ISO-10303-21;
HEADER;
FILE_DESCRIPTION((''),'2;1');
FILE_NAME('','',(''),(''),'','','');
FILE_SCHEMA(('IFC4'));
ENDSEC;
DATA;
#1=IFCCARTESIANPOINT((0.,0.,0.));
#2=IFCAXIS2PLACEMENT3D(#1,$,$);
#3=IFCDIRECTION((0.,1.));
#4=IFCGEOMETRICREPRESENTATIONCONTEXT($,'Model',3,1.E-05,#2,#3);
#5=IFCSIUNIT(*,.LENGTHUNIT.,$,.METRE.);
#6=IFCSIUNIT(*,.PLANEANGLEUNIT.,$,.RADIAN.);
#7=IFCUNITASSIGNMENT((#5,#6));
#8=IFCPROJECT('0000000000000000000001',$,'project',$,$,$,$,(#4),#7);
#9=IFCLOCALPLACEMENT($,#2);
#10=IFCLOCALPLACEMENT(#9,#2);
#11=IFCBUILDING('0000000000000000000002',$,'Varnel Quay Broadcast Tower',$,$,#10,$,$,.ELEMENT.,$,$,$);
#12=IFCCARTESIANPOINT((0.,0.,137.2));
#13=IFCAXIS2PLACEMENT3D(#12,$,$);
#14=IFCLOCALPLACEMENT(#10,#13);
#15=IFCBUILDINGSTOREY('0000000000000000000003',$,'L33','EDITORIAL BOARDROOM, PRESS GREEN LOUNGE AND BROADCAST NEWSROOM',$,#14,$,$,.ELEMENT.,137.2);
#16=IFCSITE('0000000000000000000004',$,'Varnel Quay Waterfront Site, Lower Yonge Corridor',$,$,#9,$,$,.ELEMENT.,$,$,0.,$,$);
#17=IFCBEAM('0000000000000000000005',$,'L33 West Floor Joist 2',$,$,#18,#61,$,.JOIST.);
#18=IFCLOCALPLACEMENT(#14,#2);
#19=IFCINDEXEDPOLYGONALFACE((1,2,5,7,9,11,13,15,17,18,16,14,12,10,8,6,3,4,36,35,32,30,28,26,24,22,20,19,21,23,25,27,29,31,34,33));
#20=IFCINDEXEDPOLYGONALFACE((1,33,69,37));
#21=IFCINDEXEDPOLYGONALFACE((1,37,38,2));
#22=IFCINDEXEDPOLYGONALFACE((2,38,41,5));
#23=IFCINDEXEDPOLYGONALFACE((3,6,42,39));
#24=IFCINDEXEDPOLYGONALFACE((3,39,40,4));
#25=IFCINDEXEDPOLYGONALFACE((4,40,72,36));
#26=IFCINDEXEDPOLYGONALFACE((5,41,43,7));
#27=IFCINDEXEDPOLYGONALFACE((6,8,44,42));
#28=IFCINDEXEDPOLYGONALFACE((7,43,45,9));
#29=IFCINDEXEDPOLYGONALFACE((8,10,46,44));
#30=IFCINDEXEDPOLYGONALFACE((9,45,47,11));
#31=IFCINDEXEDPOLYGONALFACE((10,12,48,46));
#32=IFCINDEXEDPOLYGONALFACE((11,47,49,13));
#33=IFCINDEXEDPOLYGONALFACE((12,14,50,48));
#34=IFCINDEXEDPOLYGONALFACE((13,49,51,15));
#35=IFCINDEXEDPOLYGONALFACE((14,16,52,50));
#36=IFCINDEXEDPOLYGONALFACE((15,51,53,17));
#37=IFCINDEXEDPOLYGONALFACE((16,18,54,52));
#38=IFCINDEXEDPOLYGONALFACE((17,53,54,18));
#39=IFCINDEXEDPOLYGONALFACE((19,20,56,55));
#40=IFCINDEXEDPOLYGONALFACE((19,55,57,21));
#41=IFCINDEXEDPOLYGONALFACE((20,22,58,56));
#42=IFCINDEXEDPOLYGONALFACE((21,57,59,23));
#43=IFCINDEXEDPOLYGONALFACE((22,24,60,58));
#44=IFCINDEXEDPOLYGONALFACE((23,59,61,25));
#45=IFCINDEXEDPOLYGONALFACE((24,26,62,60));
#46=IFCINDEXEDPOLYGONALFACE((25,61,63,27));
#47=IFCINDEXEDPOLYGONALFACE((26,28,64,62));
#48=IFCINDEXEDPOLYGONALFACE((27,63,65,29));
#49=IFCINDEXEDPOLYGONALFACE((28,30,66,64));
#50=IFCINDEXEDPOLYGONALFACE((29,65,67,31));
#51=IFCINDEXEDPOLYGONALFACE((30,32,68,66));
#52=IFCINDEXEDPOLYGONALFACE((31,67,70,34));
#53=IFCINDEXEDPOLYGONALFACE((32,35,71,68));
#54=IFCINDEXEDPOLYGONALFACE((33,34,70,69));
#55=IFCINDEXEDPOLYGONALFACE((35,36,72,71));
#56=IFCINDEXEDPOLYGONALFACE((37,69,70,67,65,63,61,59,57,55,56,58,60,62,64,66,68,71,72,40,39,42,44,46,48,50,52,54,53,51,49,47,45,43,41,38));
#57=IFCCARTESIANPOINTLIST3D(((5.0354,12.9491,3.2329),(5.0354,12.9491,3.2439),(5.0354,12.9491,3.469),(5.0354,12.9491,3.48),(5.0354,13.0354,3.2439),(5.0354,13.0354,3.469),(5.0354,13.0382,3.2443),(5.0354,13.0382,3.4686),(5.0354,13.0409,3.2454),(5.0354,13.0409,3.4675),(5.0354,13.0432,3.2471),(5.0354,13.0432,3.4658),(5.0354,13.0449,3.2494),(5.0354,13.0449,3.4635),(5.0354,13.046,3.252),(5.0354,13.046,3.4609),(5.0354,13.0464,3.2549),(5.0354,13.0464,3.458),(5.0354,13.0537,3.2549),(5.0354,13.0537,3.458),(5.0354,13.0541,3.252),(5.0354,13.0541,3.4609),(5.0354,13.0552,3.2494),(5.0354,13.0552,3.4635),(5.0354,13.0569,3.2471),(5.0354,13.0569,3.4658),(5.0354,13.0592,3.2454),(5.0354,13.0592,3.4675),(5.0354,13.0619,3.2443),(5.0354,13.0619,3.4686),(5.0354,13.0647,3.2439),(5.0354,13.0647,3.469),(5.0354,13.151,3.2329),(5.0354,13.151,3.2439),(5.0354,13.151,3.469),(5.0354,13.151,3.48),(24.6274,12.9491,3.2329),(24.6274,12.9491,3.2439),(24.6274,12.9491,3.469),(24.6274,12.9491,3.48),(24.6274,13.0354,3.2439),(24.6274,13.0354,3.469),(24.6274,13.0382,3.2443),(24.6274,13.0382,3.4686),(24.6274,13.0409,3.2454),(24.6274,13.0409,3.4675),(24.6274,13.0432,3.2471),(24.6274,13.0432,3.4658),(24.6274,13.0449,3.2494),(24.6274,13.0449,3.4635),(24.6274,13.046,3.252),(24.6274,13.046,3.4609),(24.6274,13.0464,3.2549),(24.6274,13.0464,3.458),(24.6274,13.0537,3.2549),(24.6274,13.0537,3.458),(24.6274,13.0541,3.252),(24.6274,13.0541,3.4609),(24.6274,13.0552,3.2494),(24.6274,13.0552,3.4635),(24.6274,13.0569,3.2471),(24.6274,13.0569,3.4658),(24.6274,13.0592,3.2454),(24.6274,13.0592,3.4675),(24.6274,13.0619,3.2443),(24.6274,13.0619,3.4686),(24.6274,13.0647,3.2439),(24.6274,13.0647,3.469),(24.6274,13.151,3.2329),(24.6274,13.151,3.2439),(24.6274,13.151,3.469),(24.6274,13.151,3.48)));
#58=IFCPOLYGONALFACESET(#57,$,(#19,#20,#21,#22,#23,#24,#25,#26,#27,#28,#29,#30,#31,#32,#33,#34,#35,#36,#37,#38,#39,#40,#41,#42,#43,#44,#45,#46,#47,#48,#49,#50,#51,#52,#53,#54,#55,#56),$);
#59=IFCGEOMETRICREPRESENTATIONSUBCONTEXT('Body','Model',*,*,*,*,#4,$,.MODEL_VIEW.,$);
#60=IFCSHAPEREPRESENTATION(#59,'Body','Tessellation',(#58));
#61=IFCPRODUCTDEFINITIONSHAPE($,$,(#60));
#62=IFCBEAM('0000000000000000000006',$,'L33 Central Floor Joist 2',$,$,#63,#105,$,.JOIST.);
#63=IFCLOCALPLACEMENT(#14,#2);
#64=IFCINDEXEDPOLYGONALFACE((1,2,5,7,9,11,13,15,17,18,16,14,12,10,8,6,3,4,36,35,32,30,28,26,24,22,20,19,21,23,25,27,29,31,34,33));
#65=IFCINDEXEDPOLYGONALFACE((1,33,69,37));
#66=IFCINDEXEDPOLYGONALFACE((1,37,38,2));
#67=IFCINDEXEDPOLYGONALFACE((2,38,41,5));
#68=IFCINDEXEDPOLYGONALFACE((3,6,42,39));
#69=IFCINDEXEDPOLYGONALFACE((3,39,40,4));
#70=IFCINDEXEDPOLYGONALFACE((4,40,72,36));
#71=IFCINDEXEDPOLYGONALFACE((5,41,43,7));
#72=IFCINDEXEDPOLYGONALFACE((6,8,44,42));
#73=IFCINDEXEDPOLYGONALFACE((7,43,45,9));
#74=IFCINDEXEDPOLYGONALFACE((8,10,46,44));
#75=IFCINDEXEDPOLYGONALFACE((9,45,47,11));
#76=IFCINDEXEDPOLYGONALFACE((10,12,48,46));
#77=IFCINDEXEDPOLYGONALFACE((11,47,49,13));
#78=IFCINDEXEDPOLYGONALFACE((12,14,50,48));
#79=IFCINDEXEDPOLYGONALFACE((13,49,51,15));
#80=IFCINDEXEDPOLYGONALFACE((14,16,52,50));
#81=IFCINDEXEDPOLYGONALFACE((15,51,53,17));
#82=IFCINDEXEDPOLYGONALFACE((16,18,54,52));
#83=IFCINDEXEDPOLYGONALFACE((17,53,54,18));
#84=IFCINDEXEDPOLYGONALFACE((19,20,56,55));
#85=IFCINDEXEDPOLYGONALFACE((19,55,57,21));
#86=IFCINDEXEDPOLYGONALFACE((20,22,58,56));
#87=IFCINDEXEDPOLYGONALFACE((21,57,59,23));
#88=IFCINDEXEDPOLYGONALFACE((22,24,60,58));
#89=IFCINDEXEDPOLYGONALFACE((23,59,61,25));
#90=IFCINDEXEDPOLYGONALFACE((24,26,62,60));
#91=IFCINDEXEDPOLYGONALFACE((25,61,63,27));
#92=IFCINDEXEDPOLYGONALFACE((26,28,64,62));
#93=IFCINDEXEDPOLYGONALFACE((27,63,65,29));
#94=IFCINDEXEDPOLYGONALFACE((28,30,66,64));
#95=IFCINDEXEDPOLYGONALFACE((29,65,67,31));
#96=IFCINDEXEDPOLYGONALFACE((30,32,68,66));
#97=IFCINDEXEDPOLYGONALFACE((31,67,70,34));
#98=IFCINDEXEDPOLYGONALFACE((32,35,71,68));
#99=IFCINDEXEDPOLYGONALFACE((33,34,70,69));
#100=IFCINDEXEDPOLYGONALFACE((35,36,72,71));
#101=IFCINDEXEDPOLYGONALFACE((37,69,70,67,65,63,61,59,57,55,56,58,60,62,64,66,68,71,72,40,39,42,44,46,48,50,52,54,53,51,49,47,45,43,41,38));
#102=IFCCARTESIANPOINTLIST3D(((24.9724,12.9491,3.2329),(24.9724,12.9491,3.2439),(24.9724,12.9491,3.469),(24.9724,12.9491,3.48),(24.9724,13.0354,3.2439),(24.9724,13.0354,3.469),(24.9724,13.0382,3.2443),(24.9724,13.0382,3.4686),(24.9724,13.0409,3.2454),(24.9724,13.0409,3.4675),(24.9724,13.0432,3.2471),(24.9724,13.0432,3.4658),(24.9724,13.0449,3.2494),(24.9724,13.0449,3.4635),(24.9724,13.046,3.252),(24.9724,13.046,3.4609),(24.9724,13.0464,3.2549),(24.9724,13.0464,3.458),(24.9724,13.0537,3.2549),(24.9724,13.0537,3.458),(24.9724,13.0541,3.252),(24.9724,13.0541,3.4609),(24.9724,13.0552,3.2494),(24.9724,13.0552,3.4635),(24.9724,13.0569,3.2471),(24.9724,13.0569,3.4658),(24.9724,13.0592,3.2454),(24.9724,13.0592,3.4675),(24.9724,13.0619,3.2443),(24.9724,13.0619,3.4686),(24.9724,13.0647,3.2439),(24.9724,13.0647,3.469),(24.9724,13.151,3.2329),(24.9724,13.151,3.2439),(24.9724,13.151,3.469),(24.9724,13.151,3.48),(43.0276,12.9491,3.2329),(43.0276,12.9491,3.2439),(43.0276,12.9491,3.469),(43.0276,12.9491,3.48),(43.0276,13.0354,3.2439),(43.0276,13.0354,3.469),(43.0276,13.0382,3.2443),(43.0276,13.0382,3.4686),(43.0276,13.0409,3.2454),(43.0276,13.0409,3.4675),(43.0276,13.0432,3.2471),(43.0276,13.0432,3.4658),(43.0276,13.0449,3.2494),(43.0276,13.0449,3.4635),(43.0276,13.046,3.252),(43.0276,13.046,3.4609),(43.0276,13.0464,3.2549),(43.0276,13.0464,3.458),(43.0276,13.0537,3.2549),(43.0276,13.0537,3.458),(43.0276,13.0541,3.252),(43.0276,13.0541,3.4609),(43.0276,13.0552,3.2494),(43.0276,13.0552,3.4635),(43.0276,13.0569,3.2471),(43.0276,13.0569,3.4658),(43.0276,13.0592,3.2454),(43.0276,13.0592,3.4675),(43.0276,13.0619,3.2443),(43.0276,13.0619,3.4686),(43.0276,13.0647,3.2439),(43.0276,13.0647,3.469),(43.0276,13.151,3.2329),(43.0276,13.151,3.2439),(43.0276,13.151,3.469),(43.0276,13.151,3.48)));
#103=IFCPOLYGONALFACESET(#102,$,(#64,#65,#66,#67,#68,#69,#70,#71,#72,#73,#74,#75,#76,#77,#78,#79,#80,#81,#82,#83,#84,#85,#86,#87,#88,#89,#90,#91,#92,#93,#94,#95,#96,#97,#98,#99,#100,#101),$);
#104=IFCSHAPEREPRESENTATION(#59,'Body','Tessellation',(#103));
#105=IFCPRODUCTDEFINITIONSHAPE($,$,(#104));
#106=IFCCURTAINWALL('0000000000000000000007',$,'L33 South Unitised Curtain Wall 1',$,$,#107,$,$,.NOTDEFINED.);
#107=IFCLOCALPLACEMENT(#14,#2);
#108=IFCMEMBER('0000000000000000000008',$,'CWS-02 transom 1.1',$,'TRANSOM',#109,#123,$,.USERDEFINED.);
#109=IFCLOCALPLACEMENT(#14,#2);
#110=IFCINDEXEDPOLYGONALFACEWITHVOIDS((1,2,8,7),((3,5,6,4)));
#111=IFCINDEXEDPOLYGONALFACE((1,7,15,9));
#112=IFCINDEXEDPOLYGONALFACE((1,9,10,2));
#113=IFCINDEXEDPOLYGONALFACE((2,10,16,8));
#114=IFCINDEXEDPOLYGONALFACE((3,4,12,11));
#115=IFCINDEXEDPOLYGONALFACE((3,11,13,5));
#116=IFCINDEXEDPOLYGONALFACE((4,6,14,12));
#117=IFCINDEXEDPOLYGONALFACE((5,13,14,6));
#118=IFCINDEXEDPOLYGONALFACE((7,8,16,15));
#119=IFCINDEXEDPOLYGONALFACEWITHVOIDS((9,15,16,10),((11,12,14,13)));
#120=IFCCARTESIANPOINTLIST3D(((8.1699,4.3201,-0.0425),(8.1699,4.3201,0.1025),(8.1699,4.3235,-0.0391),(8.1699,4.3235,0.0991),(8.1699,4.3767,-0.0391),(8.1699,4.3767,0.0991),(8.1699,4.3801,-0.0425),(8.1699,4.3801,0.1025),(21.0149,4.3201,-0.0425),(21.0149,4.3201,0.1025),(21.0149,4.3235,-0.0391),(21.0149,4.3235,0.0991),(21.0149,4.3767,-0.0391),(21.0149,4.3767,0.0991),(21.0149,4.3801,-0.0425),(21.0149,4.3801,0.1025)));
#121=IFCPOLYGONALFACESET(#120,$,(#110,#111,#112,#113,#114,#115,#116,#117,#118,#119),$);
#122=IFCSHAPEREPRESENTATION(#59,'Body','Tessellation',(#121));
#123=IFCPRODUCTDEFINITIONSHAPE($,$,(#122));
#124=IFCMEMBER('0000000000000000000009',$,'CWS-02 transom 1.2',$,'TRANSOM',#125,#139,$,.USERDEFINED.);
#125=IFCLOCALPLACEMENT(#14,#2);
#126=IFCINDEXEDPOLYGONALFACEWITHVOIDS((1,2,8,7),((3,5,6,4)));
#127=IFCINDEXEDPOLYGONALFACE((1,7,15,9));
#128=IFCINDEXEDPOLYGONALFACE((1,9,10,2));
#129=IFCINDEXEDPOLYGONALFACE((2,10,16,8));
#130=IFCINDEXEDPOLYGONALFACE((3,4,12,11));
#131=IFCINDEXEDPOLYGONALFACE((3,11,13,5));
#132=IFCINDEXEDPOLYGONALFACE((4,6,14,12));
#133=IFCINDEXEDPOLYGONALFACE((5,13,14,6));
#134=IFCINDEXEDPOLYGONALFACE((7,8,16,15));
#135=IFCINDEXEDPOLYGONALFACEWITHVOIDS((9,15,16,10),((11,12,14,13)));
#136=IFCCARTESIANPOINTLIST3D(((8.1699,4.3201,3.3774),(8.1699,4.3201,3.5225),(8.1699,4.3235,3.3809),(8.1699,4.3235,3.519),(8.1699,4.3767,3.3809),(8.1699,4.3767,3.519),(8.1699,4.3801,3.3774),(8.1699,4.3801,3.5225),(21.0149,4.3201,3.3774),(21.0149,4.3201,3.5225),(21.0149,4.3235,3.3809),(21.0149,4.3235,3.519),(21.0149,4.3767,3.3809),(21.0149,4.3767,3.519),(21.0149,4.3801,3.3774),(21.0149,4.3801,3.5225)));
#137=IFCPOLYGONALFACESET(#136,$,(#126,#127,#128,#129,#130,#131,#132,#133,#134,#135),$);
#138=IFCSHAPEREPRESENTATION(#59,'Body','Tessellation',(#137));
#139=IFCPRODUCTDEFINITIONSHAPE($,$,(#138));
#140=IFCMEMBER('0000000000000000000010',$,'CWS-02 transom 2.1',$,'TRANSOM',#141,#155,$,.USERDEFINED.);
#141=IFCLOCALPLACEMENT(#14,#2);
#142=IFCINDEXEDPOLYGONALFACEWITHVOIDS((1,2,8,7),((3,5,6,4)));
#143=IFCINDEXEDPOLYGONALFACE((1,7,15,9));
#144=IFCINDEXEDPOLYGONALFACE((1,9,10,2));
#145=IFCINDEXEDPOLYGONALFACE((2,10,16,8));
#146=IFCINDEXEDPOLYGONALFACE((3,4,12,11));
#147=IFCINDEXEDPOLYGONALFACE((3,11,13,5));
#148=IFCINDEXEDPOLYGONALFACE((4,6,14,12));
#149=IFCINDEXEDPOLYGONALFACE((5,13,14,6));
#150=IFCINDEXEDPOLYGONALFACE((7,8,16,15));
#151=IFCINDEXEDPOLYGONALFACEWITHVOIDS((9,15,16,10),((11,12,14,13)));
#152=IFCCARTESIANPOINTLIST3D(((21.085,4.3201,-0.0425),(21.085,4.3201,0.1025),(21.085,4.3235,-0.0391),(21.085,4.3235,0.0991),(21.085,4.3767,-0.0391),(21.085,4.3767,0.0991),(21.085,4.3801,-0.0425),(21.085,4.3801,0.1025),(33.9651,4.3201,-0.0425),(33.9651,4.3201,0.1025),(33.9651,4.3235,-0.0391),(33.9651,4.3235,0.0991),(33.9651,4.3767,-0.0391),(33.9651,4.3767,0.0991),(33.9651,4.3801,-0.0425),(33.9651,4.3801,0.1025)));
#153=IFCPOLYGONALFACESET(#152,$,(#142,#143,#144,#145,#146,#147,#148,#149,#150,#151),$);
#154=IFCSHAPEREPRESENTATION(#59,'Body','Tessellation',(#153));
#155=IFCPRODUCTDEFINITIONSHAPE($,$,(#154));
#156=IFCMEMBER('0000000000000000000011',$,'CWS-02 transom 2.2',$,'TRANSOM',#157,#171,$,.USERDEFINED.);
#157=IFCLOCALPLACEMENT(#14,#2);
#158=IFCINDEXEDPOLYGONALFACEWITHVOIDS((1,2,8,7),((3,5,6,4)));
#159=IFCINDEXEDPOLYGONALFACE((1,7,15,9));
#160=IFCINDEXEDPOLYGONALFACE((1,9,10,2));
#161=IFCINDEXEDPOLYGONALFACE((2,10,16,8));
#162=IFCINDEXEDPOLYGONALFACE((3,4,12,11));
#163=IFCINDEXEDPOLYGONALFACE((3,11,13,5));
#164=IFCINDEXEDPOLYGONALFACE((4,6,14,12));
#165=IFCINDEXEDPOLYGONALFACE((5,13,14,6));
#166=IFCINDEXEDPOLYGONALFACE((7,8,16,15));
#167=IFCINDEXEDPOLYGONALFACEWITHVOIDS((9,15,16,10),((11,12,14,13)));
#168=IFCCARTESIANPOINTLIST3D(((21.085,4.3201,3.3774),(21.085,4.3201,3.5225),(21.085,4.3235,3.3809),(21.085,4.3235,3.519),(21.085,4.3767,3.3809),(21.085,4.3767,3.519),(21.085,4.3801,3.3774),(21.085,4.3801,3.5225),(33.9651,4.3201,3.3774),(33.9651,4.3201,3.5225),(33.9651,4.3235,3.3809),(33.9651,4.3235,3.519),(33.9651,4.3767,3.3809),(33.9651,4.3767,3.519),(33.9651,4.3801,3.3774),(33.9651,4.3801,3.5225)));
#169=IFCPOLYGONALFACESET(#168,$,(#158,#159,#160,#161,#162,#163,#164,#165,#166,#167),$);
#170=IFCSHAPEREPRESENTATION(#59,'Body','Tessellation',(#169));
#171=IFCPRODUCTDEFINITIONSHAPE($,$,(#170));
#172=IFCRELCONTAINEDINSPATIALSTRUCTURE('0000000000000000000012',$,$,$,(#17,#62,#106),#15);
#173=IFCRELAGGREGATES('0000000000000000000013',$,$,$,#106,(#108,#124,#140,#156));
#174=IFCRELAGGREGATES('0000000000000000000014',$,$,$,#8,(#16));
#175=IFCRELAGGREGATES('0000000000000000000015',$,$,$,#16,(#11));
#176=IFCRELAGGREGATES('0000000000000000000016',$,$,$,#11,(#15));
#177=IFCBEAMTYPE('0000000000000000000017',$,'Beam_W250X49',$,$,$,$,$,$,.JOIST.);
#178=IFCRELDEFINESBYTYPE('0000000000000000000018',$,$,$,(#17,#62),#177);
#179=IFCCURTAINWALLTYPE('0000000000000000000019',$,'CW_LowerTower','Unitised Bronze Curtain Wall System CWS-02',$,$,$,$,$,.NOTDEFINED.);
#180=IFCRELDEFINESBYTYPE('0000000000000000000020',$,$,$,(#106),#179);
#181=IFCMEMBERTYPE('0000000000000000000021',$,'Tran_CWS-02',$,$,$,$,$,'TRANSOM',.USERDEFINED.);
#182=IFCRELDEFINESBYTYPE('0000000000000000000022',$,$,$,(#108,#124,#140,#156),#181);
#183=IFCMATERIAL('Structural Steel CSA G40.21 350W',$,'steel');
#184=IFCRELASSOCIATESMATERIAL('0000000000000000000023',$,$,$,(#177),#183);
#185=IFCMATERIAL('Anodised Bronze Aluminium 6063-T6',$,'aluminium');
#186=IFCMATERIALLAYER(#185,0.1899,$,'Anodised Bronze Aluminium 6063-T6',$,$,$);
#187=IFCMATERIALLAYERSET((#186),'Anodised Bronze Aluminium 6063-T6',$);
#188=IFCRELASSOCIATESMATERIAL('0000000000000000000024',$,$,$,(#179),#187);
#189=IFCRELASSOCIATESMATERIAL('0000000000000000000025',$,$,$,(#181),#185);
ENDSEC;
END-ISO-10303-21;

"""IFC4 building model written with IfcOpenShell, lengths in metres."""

from ifc_helpers import new_model, si_unit, direction, frame, origin, origin_2d, place, context, subcontext, project, spatial, hollow_rectangle, i_section, extrude, source, transform, mapped, material, layer, layer_set, material_profile, profile_set, type_object, type_shapes, element, aggregate, save


model = new_model("IFC4")

# Units and contexts
model_context = context("Model", 3, precision=1e-05, world=origin(), true_north=direction((0.0, 1.0)))
body_context = subcontext(model_context, "Body", "Model", "MODEL_VIEW")
ifc_project = project(units=[si_unit("LENGTHUNIT", "METRE"), si_unit("PLANEANGLEUNIT", "RADIAN")], contexts=[model_context])

# Site, building, storey
site_placement = place(None, origin())
site = spatial("IfcSite", under=ifc_project, at=site_placement, Name="Varnel Quay Waterfront Site, Lower Yonge Corridor", CompositionType="ELEMENT", RefElevation=0.0)
building_placement = place(site_placement, origin())
building = spatial("IfcBuilding", under=site, at=building_placement, Name="Varnel Quay Broadcast Tower", CompositionType="ELEMENT")
storey_placement = place(building_placement, frame((0.0, 0.0, 137.2)))
storey = spatial("IfcBuildingStorey", under=building, at=storey_placement, Name="L33", Description="EDITORIAL BOARDROOM, PRESS GREEN LOUNGE AND BROADCAST NEWSROOM", CompositionType="ELEMENT", Elevation=137.2)

# Shared definitions
ifc_material_1 = material(Name="Structural Steel CSA G40.21 350W", Category="steel")

# Beams
ifc_material_profile_1 = material_profile(ifc_material_1, i_section(OverallWidth=0.2019, OverallDepth=0.2471, WebThickness=0.0073, FlangeThickness=0.011, FilletRadius=0.011, at=origin_2d()), Name="W250X49")
ifc_profile_set_1 = profile_set([ifc_material_profile_1], Name="Structural Steel CSA G40.21 350W")
beam_type_1 = type_object("IfcBeamType", Name="Beam_W250X49", PredefinedType="JOIST", material=ifc_profile_set_1)
shared_shape_1 = source(origin(), body_context, "Body", "SweptSolid", [
    extrude(i_section(OverallWidth=0.2019, OverallDepth=0.2471, WebThickness=0.0073, FlangeThickness=0.011, FilletRadius=0.011, at=origin_2d()), origin(), (0.0, 0.0, 1.0), 19.592),
])
beam_1_placement = place(storey_placement, frame((5.0354, 13.05, 3.3564), z_axis=(1.0, 0.0, 0.0), x_axis=(0.0, 1.0, 0.0)))
element("IfcBeam", 1, at=beam_1_placement, inside=storey, type_object=beam_type_1, Name="L33 West Floor Joist 2", PredefinedType="JOIST", context=body_context, shape_type="MappedRepresentation", body=[
    mapped(shared_shape_1, transform((0.0, 0.0, 0.0), x_axis=(1.0, 0.0, 0.0), y_axis=(0.0, 1.0, 0.0), z_axis=(0.0, 0.0, 1.0), scale=1.0)),
])
shared_shape_2 = source(origin(), body_context, "Body", "SweptSolid", [
    extrude(i_section(OverallWidth=0.2019, OverallDepth=0.2471, WebThickness=0.0073, FlangeThickness=0.011, FilletRadius=0.011, at=origin_2d()), origin(), (0.0, 0.0, 1.0), 18.0552),
])
type_shapes(beam_type_1, [shared_shape_1, shared_shape_2])
beam_2_placement = place(storey_placement, frame((24.9724, 13.05, 3.3564), z_axis=(1.0, 0.0, 0.0), x_axis=(0.0, 1.0, 0.0)))
element("IfcBeam", 2, at=beam_2_placement, inside=storey, type_object=beam_type_1, Name="L33 Central Floor Joist 2", PredefinedType="JOIST", context=body_context, shape_type="MappedRepresentation", body=[
    mapped(shared_shape_2, transform((0.0, 0.0, 0.0), x_axis=(1.0, 0.0, 0.0), y_axis=(0.0, 1.0, 0.0), z_axis=(0.0, 0.0, 1.0), scale=1.0)),
])

# Curtain wall, members
ifc_material_2 = material(Name="Anodised Bronze Aluminium 6063-T6", Category="aluminium")
ifc_layer_1 = layer(ifc_material_2, 0.1899, Name="Anodised Bronze Aluminium 6063-T6")
ifc_layer_set_1 = layer_set([ifc_layer_1], Name="Anodised Bronze Aluminium 6063-T6")
curtain_wall_type_1 = type_object("IfcCurtainWallType", Name="CW_LowerTower", Description="Unitised Bronze Curtain Wall System CWS-02", PredefinedType="NOTDEFINED", material=ifc_layer_set_1)
curtain_wall_1_placement = place(storey_placement, origin())
curtain_wall_1 = element("IfcCurtainWall", 3, at=curtain_wall_1_placement, inside=storey, type_object=curtain_wall_type_1, Name="L33 South Unitised Curtain Wall 1", PredefinedType="NOTDEFINED")
ifc_material_profile_2 = material_profile(ifc_material_2, hollow_rectangle(XDim=0.0601, YDim=0.145, WallThickness=0.0034, at=origin_2d()), Name="ALU60X145X3.5")
ifc_profile_set_2 = profile_set([ifc_material_profile_2], Name="Anodised Bronze Aluminium 6063-T6")
member_type_1 = type_object("IfcMemberType", Name="Tran_CWS-02", ElementType="TRANSOM", PredefinedType="USERDEFINED", material=ifc_profile_set_2)
shared_shape_3 = source(origin(), body_context, "Body", "SweptSolid", [
    extrude(hollow_rectangle(XDim=0.0601, YDim=0.145, WallThickness=0.0034, at=origin_2d()), origin(), (0.0, 0.0, 1.0), 12.845),
])
member_1_placement = place(storey_placement, frame((8.1699, 4.3501, 0.03), z_axis=(1.0, 0.0, 0.0), x_axis=(0.0, 1.0, 0.0)))
member_1 = element("IfcMember", 4, at=member_1_placement, type_object=member_type_1, Name="CWS-02 transom 1.1", ObjectType="TRANSOM", PredefinedType="USERDEFINED", context=body_context, shape_type="MappedRepresentation", body=[
    mapped(shared_shape_3, transform((0.0, 0.0, 0.0), x_axis=(1.0, 0.0, 0.0), y_axis=(0.0, 1.0, 0.0), z_axis=(0.0, 0.0, 1.0), scale=1.0)),
])
member_2_placement = place(storey_placement, frame((8.1699, 4.3501, 3.45), z_axis=(1.0, 0.0, 0.0), x_axis=(0.0, 1.0, 0.0)))
member_2 = element("IfcMember", 5, at=member_2_placement, type_object=member_type_1, Name="CWS-02 transom 1.2", ObjectType="TRANSOM", PredefinedType="USERDEFINED", context=body_context, shape_type="MappedRepresentation", body=[
    mapped(shared_shape_3, transform((0.0, 0.0, 0.0), x_axis=(1.0, 0.0, 0.0), y_axis=(0.0, 1.0, 0.0), z_axis=(0.0, 0.0, 1.0), scale=1.0)),
])
shared_shape_4 = source(origin(), body_context, "Body", "SweptSolid", [
    extrude(hollow_rectangle(XDim=0.0601, YDim=0.145, WallThickness=0.0034, at=origin_2d()), origin(), (0.0, 0.0, 1.0), 12.8801),
])
type_shapes(member_type_1, [shared_shape_3, shared_shape_4])
member_3_placement = place(storey_placement, frame((21.085, 4.3501, 0.03), z_axis=(1.0, 0.0, 0.0), x_axis=(0.0, 1.0, 0.0)))
member_3 = element("IfcMember", 6, at=member_3_placement, type_object=member_type_1, Name="CWS-02 transom 2.1", ObjectType="TRANSOM", PredefinedType="USERDEFINED", context=body_context, shape_type="MappedRepresentation", body=[
    mapped(shared_shape_4, transform((0.0, 0.0, 0.0), x_axis=(1.0, 0.0, 0.0), y_axis=(0.0, 1.0, 0.0), z_axis=(0.0, 0.0, 1.0), scale=1.0)),
])
member_4_placement = place(storey_placement, frame((21.085, 4.3501, 3.45), z_axis=(1.0, 0.0, 0.0), x_axis=(0.0, 1.0, 0.0)))
member_4 = element("IfcMember", 7, at=member_4_placement, type_object=member_type_1, Name="CWS-02 transom 2.2", ObjectType="TRANSOM", PredefinedType="USERDEFINED", context=body_context, shape_type="MappedRepresentation", body=[
    mapped(shared_shape_4, transform((0.0, 0.0, 0.0), x_axis=(1.0, 0.0, 0.0), y_axis=(0.0, 1.0, 0.0), z_axis=(0.0, 0.0, 1.0), scale=1.0)),
])

aggregate(curtain_wall_1, [member_1, member_2, member_3, member_4])

save(model, "model.ifc")
